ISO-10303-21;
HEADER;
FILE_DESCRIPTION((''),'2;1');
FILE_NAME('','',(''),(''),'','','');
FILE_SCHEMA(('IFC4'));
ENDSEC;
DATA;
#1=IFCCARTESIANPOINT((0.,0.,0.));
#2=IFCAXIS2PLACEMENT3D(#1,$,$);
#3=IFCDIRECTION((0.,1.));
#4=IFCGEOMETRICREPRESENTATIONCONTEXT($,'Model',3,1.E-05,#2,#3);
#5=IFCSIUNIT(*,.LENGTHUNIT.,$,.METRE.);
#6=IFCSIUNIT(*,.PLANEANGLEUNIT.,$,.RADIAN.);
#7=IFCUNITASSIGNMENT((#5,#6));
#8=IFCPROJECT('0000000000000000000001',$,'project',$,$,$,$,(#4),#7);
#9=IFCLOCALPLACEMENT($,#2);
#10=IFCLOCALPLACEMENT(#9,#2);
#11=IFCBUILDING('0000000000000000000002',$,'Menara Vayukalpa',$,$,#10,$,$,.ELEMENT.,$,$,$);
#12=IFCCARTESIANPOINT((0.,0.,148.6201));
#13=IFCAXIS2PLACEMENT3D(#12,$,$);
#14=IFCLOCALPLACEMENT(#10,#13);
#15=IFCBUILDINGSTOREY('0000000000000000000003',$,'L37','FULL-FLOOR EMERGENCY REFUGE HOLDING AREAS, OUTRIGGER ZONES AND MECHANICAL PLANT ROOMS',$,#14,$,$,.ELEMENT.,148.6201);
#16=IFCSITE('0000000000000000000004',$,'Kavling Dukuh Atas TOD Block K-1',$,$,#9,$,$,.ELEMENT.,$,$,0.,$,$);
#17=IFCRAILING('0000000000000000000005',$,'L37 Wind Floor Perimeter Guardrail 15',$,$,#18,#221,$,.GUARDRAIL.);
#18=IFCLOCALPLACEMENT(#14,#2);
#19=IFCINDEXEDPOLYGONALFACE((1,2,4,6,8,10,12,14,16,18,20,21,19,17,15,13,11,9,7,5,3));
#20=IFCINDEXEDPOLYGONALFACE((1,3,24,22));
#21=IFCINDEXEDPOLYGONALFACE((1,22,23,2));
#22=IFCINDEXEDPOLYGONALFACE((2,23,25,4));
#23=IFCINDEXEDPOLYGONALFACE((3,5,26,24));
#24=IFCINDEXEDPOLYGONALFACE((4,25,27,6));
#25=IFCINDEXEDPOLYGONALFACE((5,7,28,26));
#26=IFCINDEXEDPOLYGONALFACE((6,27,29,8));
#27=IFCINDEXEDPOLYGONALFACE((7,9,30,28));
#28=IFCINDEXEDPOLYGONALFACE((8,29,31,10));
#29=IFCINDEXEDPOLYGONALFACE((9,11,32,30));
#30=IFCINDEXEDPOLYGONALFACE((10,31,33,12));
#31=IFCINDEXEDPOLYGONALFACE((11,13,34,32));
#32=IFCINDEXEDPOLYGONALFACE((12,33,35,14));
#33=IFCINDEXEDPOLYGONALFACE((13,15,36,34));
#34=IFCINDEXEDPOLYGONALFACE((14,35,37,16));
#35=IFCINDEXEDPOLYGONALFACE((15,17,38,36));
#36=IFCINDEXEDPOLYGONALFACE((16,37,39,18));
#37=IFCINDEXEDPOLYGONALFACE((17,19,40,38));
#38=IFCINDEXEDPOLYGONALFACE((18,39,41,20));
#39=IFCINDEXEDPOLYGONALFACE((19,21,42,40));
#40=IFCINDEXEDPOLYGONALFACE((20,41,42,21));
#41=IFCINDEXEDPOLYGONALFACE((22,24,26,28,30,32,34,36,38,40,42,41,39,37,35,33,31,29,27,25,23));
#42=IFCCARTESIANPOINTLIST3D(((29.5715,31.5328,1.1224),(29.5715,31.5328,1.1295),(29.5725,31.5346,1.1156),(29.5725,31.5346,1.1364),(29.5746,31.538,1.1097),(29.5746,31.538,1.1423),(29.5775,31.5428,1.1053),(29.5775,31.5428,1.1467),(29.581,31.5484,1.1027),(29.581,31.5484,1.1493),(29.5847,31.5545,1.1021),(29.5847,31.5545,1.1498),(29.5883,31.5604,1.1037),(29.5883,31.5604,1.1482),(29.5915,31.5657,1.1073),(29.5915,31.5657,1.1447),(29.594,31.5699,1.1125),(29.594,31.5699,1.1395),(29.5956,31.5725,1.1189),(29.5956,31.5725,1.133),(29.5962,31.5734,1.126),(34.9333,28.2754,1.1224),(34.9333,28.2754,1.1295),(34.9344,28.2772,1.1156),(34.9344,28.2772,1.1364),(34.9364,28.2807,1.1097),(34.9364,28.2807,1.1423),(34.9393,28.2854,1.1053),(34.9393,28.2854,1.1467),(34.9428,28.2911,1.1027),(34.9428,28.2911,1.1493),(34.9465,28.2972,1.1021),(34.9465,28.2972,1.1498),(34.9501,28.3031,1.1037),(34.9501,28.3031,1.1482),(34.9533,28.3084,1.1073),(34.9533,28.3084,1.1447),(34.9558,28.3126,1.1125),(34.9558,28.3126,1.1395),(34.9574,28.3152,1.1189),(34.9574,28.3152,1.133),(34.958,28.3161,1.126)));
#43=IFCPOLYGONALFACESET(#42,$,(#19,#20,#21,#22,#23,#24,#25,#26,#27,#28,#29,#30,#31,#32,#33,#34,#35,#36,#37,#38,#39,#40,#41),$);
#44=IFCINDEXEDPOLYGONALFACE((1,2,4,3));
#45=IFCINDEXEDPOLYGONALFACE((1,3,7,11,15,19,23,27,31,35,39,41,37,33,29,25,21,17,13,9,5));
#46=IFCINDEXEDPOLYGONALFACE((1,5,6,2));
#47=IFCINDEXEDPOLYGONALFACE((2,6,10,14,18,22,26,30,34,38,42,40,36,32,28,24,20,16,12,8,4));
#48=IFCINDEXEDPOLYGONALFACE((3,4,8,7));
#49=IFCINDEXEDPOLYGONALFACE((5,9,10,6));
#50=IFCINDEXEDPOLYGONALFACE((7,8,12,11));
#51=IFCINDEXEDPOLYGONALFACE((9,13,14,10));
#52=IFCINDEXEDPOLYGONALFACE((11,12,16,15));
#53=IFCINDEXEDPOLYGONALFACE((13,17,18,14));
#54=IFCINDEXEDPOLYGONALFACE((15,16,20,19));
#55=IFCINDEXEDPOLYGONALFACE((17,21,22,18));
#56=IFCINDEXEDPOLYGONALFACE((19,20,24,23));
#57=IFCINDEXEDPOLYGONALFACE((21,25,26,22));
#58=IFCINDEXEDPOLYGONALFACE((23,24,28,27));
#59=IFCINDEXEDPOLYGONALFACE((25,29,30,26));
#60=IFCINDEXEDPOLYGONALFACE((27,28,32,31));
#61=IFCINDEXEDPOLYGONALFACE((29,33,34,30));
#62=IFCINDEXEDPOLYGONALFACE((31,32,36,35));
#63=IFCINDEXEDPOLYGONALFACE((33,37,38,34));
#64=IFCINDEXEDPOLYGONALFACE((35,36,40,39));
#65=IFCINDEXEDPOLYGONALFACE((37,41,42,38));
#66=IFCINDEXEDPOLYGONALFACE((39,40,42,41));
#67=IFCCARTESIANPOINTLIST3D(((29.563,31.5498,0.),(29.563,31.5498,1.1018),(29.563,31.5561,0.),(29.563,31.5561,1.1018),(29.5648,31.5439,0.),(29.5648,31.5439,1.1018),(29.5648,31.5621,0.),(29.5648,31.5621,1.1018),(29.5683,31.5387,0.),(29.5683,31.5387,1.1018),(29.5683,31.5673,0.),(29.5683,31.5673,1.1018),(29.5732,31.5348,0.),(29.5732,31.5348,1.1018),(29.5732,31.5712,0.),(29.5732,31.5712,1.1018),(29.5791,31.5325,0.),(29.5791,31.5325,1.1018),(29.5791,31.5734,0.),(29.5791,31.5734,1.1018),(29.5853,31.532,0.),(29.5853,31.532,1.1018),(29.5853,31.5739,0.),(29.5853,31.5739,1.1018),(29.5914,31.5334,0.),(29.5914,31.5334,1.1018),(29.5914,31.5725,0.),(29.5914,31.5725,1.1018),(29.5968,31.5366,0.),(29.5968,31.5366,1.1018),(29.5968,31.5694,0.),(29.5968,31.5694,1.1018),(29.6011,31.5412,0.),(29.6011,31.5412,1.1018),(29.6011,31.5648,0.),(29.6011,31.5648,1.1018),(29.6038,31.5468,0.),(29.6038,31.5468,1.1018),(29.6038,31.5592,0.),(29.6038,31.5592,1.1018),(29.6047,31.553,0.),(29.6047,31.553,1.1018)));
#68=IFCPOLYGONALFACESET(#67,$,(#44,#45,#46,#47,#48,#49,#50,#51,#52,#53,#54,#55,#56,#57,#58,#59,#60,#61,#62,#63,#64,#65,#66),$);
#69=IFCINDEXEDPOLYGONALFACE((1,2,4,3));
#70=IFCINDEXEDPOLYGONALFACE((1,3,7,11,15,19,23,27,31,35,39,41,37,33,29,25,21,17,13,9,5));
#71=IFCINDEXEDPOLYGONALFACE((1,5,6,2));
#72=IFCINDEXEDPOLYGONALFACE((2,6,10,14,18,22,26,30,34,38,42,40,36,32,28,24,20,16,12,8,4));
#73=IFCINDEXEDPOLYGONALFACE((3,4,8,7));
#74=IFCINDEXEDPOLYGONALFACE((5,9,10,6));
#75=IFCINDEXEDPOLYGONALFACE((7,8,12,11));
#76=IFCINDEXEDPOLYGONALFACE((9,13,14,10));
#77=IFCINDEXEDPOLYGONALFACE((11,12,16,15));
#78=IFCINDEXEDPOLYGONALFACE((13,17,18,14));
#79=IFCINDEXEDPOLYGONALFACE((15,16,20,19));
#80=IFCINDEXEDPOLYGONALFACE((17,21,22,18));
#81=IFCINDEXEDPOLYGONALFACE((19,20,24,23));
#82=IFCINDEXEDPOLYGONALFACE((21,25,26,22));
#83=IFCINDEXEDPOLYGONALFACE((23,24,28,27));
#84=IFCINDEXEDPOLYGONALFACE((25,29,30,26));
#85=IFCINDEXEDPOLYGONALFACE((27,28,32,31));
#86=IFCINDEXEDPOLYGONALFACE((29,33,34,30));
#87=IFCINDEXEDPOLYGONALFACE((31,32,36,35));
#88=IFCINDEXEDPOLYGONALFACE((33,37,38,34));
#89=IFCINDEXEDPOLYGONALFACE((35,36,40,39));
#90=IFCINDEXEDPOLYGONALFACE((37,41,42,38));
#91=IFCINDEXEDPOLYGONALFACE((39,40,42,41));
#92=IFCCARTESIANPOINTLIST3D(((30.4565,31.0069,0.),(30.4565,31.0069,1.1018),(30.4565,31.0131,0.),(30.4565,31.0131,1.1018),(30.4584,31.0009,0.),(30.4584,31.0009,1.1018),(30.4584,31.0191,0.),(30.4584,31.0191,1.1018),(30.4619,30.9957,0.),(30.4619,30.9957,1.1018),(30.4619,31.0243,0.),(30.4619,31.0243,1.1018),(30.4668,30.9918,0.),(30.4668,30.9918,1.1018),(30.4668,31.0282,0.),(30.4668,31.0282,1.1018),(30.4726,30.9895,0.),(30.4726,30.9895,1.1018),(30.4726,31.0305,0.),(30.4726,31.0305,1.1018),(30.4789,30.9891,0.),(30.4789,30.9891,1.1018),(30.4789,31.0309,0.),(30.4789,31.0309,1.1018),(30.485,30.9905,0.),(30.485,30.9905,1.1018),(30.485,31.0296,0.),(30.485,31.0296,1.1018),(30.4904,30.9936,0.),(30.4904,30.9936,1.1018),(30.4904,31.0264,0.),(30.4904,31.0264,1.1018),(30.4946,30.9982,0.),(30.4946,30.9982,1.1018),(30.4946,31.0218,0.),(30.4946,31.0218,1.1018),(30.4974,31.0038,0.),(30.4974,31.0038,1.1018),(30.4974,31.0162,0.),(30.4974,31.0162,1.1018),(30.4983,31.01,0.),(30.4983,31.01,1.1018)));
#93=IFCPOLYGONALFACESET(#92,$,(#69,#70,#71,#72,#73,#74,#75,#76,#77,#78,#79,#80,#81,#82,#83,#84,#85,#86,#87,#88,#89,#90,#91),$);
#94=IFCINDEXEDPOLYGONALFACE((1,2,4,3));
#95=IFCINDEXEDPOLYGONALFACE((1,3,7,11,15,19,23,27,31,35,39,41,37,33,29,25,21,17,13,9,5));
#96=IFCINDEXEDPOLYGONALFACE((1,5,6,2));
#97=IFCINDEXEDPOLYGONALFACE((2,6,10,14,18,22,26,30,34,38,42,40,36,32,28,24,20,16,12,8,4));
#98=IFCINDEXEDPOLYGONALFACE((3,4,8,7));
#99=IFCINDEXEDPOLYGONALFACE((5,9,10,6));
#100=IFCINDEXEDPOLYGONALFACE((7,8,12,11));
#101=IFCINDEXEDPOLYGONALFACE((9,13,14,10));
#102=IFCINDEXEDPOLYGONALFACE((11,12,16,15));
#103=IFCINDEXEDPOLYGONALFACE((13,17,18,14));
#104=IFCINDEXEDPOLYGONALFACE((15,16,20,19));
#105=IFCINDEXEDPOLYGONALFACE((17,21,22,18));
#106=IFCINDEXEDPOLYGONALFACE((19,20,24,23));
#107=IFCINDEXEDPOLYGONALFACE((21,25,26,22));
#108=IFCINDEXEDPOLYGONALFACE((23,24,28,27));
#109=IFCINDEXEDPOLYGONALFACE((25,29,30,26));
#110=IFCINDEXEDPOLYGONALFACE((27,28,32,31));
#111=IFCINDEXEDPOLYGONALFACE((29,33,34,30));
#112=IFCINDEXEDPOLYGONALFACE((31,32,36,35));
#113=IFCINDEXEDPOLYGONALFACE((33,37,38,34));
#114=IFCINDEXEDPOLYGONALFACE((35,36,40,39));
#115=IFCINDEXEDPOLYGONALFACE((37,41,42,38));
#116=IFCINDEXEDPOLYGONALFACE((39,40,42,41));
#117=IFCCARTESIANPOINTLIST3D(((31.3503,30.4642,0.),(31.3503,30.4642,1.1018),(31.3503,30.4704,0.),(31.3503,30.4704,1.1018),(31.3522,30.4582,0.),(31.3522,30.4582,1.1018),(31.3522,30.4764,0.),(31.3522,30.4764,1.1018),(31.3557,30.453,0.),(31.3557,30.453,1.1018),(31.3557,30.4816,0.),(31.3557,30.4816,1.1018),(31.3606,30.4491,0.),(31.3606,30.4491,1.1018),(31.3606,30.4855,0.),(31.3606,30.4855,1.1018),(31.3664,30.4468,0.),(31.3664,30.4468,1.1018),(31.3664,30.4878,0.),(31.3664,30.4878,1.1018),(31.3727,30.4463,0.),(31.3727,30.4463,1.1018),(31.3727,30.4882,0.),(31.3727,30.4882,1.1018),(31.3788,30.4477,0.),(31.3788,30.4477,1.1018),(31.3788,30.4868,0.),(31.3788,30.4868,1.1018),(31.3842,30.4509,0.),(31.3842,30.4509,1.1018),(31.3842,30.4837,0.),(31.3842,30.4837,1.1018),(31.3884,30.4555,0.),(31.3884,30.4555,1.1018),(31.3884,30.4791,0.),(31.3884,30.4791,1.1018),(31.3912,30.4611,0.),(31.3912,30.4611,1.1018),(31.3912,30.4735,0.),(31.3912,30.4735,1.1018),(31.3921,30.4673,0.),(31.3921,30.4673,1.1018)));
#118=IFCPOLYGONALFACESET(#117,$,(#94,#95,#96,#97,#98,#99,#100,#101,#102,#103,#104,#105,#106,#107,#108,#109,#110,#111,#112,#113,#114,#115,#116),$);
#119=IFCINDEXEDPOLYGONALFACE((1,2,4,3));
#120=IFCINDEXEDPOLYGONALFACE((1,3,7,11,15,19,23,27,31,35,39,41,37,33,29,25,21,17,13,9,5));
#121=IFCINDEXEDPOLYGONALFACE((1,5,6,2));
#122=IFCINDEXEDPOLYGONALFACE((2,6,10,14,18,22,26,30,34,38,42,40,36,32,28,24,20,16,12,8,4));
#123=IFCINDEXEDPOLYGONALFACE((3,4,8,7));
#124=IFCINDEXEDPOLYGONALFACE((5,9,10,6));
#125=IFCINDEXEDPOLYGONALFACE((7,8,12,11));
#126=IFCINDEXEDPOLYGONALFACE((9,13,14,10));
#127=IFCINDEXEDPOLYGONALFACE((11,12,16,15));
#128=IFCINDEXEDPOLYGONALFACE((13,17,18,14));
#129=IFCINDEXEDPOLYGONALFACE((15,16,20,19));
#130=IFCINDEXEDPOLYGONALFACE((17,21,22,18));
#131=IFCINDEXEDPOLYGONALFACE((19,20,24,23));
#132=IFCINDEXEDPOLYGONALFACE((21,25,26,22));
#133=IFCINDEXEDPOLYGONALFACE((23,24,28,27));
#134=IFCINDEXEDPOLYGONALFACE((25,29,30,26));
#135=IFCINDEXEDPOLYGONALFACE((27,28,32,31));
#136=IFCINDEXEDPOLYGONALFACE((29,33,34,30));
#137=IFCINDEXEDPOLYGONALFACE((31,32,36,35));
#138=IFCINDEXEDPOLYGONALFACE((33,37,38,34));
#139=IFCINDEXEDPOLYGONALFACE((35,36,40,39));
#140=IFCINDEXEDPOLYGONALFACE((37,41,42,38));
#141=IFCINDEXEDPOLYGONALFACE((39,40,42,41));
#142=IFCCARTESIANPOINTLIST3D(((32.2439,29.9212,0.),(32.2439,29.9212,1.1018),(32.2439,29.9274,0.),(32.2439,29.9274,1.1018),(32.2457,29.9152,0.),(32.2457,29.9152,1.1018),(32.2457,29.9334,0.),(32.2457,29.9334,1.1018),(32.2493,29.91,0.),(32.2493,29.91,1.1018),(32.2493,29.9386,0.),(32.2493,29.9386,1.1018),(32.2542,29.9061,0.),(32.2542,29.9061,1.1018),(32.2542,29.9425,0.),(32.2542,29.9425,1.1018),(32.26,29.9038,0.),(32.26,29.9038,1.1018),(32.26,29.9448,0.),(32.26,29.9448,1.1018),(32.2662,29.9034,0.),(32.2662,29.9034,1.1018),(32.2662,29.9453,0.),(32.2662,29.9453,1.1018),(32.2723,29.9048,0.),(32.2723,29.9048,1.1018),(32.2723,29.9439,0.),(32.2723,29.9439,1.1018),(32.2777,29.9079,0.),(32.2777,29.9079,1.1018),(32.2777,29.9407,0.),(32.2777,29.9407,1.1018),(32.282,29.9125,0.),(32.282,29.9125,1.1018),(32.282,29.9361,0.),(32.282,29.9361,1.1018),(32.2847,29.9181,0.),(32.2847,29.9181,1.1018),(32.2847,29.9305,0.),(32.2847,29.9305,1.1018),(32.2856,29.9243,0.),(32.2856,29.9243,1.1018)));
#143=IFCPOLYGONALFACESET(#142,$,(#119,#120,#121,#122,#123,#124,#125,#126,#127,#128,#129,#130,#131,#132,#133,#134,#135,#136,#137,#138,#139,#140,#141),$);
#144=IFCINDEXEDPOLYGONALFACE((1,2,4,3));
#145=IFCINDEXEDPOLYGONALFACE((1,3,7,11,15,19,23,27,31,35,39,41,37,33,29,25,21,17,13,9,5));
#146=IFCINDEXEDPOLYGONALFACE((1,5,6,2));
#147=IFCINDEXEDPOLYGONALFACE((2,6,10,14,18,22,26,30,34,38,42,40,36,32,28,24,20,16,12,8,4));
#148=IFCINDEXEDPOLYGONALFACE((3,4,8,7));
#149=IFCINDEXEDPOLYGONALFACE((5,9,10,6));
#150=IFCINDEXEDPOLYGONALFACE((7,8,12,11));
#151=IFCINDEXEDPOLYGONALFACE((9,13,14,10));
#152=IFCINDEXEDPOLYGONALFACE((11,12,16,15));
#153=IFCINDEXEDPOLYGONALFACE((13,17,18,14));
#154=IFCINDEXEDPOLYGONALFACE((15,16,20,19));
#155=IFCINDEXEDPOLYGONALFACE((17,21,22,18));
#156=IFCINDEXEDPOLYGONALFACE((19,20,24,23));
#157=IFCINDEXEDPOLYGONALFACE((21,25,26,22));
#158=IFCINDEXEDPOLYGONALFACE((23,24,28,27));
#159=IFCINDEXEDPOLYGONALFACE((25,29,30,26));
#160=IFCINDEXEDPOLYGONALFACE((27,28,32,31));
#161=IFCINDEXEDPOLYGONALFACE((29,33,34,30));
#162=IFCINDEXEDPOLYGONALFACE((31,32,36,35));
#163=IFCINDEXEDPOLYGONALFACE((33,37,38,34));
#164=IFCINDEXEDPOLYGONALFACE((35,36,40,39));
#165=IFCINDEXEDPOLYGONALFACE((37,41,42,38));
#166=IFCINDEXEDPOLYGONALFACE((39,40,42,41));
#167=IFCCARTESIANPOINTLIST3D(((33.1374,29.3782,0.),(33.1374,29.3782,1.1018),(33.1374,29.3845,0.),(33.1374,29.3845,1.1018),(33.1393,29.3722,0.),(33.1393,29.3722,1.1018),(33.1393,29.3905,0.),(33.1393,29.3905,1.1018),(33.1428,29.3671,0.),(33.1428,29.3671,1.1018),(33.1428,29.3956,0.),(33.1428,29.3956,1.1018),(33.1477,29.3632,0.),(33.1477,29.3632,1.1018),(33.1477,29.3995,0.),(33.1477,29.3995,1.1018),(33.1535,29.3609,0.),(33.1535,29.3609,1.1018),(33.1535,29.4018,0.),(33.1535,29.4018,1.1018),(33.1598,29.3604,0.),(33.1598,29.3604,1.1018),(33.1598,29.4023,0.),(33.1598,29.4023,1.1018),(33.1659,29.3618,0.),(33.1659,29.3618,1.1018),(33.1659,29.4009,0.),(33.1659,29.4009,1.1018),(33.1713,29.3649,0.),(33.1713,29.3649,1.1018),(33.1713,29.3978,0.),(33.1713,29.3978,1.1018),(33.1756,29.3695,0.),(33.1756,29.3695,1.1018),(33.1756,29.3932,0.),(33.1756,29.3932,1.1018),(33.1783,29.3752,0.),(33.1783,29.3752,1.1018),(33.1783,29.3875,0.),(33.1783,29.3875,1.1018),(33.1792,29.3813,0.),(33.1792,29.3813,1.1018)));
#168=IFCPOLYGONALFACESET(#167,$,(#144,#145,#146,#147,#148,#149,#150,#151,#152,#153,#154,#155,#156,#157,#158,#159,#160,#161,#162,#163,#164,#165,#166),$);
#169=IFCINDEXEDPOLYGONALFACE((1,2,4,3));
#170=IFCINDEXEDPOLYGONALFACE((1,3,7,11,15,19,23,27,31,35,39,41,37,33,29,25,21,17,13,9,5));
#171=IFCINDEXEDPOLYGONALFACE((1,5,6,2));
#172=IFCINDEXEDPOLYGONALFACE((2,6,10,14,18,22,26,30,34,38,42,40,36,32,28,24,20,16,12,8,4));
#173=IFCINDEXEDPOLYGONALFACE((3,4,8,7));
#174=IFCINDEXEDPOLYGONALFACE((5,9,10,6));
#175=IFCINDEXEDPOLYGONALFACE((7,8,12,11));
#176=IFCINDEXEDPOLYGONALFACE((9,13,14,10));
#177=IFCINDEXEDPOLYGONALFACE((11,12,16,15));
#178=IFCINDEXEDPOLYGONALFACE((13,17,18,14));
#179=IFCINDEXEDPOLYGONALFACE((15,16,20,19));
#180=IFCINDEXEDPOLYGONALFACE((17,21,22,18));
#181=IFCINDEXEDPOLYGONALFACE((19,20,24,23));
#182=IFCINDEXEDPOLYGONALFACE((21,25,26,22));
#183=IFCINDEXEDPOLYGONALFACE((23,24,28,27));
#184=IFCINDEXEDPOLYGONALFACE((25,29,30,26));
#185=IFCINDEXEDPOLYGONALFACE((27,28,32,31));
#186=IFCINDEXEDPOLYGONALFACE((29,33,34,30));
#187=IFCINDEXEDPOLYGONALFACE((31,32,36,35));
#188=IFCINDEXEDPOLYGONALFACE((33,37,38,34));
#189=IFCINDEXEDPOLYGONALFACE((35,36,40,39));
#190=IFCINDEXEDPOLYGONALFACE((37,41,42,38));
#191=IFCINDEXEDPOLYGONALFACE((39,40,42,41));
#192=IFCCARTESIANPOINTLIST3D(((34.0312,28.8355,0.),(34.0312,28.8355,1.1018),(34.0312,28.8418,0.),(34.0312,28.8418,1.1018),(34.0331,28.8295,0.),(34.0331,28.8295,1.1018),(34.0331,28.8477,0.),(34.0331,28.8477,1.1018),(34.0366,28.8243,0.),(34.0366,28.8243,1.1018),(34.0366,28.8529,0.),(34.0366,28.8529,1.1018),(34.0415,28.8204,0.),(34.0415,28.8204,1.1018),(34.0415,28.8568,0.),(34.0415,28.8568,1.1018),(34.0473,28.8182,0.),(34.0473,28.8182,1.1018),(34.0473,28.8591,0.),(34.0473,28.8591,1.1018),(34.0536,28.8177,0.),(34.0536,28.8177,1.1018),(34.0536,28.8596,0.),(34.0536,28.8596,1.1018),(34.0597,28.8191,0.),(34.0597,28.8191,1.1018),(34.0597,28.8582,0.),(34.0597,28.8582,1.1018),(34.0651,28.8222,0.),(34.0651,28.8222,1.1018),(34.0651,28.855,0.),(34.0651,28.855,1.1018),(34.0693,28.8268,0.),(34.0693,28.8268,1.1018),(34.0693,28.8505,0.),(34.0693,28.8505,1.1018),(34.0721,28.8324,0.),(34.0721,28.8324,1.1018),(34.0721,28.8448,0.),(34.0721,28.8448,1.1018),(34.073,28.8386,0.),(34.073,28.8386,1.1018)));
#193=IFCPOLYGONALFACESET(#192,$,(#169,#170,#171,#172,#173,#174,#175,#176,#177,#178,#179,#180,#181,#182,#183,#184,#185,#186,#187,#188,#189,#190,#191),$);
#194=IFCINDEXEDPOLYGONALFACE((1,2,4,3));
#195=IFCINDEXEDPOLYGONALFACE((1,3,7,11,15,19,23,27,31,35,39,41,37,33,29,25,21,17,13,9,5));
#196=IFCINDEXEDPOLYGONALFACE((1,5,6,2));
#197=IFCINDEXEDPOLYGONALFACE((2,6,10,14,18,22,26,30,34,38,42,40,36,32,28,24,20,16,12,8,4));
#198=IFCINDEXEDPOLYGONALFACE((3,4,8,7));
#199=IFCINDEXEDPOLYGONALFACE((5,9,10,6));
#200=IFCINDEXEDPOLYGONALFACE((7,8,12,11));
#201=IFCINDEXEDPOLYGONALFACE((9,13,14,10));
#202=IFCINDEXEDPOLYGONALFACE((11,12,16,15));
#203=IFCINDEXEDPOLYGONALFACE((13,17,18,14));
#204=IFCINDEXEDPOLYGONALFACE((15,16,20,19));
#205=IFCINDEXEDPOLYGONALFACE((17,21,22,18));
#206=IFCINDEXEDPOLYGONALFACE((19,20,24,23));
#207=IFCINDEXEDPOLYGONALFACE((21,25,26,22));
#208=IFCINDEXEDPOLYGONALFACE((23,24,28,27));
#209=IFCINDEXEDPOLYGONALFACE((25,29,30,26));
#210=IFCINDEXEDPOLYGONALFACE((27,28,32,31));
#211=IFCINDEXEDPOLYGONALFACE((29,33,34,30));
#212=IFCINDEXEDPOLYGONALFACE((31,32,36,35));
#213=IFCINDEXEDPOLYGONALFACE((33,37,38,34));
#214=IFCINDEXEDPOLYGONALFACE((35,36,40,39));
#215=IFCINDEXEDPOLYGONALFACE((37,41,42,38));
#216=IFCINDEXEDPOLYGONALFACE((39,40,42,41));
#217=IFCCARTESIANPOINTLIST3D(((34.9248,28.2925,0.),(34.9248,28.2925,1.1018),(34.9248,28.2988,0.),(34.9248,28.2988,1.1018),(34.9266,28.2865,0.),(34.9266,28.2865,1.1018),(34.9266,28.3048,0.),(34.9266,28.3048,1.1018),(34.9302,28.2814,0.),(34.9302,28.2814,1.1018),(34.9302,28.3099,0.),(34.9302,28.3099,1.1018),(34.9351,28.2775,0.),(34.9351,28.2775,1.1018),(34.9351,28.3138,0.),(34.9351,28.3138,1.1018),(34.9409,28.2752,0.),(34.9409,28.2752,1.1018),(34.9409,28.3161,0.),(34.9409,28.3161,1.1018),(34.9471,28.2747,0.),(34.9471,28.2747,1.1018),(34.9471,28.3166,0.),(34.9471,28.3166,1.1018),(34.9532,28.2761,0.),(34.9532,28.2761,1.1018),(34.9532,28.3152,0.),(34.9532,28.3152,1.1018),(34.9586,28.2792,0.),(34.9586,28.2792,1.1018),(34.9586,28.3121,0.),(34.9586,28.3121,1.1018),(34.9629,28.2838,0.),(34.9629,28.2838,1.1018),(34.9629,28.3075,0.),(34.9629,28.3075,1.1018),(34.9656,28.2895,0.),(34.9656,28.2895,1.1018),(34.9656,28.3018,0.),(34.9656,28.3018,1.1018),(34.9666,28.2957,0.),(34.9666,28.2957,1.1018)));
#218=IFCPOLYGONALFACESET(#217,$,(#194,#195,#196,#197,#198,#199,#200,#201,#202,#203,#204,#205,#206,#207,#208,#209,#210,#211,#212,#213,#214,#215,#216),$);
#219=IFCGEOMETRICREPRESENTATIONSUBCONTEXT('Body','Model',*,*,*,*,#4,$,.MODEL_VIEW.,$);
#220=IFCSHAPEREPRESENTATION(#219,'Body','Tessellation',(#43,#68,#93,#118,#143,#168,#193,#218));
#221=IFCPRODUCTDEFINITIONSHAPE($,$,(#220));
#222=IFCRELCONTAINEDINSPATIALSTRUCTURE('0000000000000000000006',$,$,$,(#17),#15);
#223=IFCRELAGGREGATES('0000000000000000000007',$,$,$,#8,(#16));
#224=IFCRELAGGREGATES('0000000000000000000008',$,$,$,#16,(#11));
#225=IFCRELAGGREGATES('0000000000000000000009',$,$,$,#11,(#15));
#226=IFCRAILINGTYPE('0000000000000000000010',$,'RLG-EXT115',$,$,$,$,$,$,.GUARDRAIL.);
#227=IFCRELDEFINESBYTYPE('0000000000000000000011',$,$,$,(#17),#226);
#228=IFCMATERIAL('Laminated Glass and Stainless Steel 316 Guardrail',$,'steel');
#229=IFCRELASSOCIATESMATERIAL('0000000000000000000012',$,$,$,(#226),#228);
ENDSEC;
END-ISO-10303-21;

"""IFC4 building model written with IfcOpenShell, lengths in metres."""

from ifc_helpers import new_model, si_unit, direction, frame, origin, origin_2d, place, context, subcontext, project, spatial, circle, extrude, material, type_object, element, save


model = new_model("IFC4")

# Units and contexts
model_context = context("Model", 3, precision=1e-05, world=origin(), true_north=direction((0.0, 1.0)))
body_context = subcontext(model_context, "Body", "Model", "MODEL_VIEW")
ifc_project = project(units=[si_unit("LENGTHUNIT", "METRE"), si_unit("PLANEANGLEUNIT", "RADIAN")], contexts=[model_context])

# Site, building, storey
site_placement = place(None, origin())
site = spatial("IfcSite", under=ifc_project, at=site_placement, Name="Kavling Dukuh Atas TOD Block K-1", CompositionType="ELEMENT", RefElevation=0.0)
building_placement = place(site_placement, origin())
building = spatial("IfcBuilding", under=site, at=building_placement, Name="Menara Vayukalpa", CompositionType="ELEMENT")
storey_placement = place(building_placement, frame((0.0, 0.0, 148.6201)))
storey = spatial("IfcBuildingStorey", under=building, at=storey_placement, Name="L37", Description="FULL-FLOOR EMERGENCY REFUGE HOLDING AREAS, OUTRIGGER ZONES AND MECHANICAL PLANT ROOMS", CompositionType="ELEMENT", Elevation=148.6201)

# Railing
ifc_material_1 = material(Name="Laminated Glass and Stainless Steel 316 Guardrail", Category="steel")
railing_type_1 = type_object("IfcRailingType", Name="RLG-EXT115", PredefinedType="GUARDRAIL", material=ifc_material_1)
railing_1_placement = place(storey_placement, frame((29.5837, 31.553, 0.0)))
element("IfcRailing", 1, at=railing_1_placement, inside=storey, type_object=railing_type_1, Name="L37 Wind Floor Perimeter Guardrail 15", PredefinedType="GUARDRAIL", context=body_context, shape_type="SweptSolid", body=[
    extrude(circle(Radius=0.0239, at=origin_2d()), frame((0.0, 0.0, 1.126), z_axis=(0.854651, -0.519204, 0.0), x_axis=(0.519204, 0.854651, 0.0)), (0.0, 0.0, 1.0), 6.2737),
    extrude(circle(Radius=0.021, at=origin_2d()), origin(), (0.0, 0.0, 1.0), 1.1018),
    extrude(circle(Radius=0.021, at=origin_2d()), frame((0.8936, -0.543, 0.0)), (0.0, 0.0, 1.0), 1.1018),
    extrude(circle(Radius=0.021, at=origin_2d()), frame((1.7874, -1.0857, 0.0)), (0.0, 0.0, 1.0), 1.1018),
    extrude(circle(Radius=0.021, at=origin_2d()), frame((2.6809, -1.6287, 0.0)), (0.0, 0.0, 1.0), 1.1018),
    extrude(circle(Radius=0.021, at=origin_2d()), frame((3.5745, -2.1716, 0.0)), (0.0, 0.0, 1.0), 1.1018),
    extrude(circle(Radius=0.021, at=origin_2d()), frame((4.4683, -2.7144, 0.0)), (0.0, 0.0, 1.0), 1.1018),
    extrude(circle(Radius=0.021, at=origin_2d()), frame((5.3618, -3.2573, 0.0)), (0.0, 0.0, 1.0), 1.1018),
])

save(model, "model.ifc")
